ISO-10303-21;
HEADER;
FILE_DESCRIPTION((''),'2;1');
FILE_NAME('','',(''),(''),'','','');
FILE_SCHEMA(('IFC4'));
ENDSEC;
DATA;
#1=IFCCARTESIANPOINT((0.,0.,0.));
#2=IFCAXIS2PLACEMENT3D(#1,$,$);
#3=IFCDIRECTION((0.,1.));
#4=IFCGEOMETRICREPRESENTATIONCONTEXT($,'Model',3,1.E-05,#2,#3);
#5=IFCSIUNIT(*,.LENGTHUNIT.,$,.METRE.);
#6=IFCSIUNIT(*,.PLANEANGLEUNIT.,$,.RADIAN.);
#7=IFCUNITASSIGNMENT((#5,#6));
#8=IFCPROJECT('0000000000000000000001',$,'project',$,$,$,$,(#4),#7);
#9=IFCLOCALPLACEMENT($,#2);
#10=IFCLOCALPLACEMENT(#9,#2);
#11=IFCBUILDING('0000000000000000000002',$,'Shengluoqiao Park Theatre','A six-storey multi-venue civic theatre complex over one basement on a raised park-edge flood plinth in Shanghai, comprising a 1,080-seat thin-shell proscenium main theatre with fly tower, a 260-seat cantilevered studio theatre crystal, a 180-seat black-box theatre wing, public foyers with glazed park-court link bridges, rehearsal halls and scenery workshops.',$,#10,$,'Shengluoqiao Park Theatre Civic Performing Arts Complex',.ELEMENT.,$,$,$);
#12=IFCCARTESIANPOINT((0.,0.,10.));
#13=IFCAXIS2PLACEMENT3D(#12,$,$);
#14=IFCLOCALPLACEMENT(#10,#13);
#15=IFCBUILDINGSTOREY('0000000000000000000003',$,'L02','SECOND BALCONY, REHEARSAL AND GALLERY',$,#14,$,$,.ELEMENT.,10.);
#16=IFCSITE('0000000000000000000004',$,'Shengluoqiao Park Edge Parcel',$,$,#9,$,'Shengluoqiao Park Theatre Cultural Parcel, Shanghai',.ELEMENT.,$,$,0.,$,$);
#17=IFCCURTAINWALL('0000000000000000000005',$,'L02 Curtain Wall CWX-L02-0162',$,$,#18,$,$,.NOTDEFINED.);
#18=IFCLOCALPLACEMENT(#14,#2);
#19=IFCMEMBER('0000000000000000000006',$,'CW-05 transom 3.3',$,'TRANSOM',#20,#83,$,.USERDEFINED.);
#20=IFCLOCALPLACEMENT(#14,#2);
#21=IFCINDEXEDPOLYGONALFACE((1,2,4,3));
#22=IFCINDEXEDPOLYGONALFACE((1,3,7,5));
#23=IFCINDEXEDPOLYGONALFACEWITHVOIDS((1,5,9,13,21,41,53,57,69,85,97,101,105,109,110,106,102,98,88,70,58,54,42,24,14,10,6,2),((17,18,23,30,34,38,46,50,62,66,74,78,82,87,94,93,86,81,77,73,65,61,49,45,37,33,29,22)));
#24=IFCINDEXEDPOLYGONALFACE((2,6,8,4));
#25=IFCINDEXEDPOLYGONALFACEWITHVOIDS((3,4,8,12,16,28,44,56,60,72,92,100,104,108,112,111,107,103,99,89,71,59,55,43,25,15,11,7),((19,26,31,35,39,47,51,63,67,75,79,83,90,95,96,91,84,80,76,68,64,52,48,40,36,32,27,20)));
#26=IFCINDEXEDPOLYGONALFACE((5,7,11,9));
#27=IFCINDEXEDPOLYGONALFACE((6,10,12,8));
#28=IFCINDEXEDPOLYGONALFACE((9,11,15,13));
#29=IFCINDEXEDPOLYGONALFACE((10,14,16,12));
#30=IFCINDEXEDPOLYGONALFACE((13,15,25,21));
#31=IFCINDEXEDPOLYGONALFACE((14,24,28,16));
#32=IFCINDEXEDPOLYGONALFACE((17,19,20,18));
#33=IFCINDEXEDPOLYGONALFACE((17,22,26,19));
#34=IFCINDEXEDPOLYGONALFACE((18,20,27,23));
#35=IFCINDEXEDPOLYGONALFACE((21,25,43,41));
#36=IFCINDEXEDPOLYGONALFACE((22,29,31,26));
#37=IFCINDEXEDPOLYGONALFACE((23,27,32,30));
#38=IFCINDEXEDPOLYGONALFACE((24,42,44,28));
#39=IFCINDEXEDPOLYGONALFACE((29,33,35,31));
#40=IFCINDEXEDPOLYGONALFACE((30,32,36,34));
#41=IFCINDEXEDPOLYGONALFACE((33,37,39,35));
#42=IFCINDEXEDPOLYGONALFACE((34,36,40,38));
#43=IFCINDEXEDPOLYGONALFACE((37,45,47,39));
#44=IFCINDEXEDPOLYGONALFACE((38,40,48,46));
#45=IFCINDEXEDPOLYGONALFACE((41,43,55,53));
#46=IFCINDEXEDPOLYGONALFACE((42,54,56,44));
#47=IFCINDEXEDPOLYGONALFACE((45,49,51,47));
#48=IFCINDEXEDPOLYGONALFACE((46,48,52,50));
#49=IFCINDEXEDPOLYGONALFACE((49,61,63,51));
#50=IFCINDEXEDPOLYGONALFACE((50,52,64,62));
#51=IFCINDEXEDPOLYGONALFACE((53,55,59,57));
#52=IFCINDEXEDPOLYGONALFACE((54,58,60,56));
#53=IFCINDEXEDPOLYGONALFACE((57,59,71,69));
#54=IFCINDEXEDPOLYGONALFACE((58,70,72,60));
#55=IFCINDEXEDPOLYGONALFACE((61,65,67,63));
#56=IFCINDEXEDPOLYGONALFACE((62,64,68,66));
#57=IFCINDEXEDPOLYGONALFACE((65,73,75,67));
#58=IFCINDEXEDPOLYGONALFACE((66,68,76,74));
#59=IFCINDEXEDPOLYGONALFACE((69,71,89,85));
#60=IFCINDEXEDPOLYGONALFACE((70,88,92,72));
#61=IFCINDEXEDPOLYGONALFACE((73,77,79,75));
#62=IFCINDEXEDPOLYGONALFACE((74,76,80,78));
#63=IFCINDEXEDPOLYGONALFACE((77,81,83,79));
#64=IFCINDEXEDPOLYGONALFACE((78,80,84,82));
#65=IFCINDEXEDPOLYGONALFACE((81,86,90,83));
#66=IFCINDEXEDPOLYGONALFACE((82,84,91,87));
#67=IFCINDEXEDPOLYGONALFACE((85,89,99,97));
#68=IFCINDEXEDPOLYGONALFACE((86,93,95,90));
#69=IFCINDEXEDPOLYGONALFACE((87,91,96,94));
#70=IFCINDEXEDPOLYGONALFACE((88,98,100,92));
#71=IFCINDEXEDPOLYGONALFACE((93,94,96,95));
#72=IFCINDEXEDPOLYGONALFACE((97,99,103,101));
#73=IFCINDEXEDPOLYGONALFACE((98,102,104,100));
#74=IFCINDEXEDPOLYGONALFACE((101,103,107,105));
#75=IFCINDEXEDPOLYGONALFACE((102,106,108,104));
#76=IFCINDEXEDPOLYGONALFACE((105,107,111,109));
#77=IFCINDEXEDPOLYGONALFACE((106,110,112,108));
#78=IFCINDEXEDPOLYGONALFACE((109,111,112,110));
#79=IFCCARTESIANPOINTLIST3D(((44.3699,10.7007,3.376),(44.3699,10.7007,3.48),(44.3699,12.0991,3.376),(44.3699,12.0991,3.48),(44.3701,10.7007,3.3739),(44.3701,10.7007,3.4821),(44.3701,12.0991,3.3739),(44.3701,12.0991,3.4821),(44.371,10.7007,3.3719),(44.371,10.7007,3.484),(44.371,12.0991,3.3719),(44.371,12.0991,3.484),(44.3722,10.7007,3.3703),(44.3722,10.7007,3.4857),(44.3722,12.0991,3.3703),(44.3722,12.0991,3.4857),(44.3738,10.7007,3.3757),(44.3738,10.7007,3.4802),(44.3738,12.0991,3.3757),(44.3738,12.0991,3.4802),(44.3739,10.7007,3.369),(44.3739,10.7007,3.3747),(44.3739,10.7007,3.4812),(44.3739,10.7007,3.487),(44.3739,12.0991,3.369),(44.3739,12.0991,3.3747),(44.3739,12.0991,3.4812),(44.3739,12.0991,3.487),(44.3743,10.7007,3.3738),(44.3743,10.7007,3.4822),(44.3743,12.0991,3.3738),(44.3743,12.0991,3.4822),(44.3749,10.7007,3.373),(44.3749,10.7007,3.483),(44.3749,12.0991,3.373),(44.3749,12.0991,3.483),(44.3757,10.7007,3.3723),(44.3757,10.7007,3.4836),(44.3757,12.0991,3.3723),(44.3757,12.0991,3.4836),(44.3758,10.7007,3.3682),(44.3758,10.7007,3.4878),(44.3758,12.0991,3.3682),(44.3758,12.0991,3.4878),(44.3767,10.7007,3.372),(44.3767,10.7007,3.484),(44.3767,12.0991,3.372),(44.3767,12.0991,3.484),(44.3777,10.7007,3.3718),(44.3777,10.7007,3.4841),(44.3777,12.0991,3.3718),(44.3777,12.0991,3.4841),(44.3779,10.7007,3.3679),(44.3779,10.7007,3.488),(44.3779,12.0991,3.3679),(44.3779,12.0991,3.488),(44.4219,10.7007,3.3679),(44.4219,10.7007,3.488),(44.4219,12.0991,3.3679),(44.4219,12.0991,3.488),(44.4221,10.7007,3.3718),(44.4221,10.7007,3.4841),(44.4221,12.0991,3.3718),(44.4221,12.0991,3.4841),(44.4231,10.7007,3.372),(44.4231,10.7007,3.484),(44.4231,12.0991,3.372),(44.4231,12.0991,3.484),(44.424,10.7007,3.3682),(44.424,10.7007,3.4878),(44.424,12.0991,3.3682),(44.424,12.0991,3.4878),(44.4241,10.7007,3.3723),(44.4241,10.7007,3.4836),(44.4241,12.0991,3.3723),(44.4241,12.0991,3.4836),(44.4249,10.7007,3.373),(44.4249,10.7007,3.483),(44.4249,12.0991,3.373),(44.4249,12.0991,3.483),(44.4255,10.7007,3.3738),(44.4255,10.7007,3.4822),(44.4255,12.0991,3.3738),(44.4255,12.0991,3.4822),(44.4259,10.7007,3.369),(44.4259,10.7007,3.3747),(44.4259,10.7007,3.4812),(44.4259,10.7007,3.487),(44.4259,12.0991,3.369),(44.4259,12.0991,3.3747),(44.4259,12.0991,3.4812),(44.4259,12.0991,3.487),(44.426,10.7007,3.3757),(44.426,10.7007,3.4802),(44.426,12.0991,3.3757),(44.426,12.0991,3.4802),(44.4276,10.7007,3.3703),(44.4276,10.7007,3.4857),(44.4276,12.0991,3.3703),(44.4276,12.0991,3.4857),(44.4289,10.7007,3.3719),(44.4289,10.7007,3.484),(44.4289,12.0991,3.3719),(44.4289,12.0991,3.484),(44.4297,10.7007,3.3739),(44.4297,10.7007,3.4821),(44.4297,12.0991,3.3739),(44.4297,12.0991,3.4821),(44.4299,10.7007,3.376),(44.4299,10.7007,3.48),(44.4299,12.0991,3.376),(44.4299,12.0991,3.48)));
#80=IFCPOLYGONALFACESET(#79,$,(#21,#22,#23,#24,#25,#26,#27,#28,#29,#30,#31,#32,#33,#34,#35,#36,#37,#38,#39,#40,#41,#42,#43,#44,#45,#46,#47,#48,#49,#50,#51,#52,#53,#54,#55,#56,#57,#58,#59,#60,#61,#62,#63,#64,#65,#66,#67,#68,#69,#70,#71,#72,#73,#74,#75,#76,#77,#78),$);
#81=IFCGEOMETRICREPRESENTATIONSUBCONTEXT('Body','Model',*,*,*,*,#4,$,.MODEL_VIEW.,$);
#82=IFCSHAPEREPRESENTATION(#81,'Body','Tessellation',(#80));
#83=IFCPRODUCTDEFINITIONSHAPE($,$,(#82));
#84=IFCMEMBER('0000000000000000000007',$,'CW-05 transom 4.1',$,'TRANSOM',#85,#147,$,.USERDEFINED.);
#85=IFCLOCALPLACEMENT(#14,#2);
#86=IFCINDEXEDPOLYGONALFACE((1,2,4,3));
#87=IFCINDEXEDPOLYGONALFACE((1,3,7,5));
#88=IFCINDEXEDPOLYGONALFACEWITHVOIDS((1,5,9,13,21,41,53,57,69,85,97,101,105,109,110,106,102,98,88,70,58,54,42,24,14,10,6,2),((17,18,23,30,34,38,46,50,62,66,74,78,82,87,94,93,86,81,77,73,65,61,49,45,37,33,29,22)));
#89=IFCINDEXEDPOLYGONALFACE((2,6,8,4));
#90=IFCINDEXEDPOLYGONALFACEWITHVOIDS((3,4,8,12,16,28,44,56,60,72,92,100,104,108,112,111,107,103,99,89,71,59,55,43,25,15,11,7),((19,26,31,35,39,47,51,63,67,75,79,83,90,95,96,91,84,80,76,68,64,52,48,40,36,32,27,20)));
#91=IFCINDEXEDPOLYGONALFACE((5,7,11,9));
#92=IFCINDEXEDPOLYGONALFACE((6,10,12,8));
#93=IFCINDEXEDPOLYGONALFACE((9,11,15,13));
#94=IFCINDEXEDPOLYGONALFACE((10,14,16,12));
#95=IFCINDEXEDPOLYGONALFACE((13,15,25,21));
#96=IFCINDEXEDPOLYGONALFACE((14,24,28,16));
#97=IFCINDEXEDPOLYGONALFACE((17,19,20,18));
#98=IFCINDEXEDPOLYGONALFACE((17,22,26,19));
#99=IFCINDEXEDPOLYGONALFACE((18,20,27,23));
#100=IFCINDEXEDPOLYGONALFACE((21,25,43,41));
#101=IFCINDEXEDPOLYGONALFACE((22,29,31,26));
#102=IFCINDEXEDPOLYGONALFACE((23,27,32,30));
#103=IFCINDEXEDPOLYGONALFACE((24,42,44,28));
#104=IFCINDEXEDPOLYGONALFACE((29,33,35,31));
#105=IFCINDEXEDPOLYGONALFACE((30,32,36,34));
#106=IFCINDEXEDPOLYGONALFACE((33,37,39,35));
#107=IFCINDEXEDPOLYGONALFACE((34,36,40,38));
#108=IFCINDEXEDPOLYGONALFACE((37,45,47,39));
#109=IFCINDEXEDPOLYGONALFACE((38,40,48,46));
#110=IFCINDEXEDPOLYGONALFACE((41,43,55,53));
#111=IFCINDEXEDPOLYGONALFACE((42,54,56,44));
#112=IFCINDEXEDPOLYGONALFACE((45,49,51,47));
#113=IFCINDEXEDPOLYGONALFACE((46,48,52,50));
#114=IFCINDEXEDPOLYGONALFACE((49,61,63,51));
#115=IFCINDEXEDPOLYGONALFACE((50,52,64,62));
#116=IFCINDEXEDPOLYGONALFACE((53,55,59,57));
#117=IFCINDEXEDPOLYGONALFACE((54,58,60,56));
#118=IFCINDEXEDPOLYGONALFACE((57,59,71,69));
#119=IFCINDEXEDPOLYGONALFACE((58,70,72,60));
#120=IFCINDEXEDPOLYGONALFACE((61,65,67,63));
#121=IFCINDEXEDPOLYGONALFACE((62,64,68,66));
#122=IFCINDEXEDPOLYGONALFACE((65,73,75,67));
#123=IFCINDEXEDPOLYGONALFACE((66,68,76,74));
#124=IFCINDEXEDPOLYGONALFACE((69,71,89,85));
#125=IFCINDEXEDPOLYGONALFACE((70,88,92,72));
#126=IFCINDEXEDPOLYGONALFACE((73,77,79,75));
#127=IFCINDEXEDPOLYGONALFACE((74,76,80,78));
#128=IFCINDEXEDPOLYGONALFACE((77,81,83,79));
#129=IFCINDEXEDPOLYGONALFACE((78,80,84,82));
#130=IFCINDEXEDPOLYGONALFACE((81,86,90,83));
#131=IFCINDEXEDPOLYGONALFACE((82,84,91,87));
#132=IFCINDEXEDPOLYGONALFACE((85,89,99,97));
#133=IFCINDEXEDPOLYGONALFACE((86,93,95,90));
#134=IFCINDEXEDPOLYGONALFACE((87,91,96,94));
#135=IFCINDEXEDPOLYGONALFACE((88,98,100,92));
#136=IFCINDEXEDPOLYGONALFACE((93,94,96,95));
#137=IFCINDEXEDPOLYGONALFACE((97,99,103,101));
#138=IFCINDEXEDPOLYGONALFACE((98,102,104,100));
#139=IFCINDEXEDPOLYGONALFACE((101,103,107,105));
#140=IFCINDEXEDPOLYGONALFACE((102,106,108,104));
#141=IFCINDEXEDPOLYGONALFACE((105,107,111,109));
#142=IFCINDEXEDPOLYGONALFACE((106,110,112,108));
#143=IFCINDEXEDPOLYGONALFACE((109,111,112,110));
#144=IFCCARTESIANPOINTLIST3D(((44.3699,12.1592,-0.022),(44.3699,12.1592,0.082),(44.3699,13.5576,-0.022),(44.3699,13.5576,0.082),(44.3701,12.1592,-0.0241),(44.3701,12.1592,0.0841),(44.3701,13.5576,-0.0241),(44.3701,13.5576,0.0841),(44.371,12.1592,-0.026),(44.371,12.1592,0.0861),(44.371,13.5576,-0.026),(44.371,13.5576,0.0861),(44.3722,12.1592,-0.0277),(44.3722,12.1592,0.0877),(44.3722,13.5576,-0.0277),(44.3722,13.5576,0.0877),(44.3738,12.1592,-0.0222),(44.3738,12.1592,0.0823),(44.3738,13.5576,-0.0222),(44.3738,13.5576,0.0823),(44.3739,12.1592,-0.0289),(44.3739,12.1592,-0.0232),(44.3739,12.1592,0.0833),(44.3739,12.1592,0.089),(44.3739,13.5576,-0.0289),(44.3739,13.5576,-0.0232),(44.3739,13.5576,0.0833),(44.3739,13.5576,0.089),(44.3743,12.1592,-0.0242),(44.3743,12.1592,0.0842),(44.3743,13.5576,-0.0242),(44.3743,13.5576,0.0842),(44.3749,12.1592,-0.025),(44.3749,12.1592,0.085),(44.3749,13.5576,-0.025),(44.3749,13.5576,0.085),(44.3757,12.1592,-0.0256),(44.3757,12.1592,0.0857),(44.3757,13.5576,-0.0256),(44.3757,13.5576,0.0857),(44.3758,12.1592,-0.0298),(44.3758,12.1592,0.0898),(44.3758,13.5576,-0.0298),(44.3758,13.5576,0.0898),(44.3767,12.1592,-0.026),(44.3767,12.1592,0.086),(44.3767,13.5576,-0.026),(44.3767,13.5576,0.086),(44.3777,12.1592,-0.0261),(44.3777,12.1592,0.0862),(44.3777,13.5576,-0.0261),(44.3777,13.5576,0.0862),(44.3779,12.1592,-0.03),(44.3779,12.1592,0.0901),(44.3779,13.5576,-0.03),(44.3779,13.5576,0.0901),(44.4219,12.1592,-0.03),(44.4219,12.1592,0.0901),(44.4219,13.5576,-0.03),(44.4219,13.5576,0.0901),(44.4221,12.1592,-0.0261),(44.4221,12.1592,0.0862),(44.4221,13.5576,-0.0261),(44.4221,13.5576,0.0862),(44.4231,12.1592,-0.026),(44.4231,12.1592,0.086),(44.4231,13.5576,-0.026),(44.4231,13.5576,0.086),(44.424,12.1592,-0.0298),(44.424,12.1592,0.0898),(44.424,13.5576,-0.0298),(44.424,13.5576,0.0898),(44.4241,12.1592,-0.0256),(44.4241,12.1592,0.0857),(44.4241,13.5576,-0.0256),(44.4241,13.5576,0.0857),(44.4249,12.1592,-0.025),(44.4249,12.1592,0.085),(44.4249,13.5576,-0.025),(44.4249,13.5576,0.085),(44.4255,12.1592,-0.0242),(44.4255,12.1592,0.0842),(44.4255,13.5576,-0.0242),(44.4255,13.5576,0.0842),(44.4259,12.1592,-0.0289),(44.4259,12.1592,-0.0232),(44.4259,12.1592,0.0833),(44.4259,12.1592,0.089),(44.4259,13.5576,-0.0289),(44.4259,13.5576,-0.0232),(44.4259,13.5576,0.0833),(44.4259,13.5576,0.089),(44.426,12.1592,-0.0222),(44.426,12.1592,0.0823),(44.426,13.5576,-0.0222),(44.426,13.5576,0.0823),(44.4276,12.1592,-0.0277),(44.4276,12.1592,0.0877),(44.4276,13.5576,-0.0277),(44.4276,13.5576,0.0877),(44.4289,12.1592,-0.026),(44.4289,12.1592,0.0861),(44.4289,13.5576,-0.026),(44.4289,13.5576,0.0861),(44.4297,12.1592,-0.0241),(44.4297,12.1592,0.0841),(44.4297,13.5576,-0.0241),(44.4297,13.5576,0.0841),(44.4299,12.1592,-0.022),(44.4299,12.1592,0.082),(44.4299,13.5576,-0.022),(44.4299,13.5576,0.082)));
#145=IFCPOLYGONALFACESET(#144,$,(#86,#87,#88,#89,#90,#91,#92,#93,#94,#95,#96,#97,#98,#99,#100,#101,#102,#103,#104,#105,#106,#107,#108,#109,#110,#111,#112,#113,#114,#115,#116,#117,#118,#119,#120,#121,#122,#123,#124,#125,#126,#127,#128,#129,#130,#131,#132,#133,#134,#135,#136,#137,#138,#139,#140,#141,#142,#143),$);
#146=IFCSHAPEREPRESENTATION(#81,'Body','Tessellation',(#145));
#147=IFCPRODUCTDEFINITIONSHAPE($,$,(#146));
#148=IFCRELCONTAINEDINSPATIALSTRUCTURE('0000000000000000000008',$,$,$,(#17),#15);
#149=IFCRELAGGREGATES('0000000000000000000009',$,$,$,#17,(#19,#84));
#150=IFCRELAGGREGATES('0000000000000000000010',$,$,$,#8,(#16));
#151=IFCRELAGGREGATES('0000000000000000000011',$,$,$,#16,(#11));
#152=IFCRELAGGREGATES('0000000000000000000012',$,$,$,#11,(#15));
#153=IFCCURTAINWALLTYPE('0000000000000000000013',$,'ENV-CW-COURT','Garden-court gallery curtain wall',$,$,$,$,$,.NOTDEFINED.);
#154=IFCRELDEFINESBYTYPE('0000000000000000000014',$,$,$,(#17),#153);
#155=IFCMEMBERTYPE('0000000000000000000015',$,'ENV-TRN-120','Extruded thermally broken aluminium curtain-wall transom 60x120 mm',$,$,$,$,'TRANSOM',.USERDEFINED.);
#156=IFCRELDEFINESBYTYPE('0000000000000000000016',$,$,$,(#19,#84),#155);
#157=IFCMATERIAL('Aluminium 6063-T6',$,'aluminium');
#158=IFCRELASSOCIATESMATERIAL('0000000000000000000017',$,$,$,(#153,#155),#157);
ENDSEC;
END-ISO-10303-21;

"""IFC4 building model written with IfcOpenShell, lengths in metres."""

from ifc_helpers import new_model, si_unit, direction, frame, origin, origin_2d, place, context, subcontext, project, spatial, hollow_rectangle, extrude, material, material_profile, profile_set, type_object, element, aggregate, save


model = new_model("IFC4")

# Units and contexts
model_context = context("Model", 3, precision=1e-05, world=origin(), true_north=direction((0.0, 1.0)))
body_context = subcontext(model_context, "Body", "Model", "MODEL_VIEW")
ifc_project = project(units=[si_unit("LENGTHUNIT", "METRE"), si_unit("PLANEANGLEUNIT", "RADIAN")], contexts=[model_context])

# Site, building, storey
site_placement = place(None, origin())
site = spatial("IfcSite", under=ifc_project, at=site_placement, Name="Shengluoqiao Park Edge Parcel", LongName="Shengluoqiao Park Theatre Cultural Parcel, Shanghai", CompositionType="ELEMENT", RefElevation=0.0)
building_placement = place(site_placement, origin())
building = spatial("IfcBuilding", under=site, at=building_placement, Name="Shengluoqiao Park Theatre", Description="A six-storey multi-venue civic theatre complex over one basement on a raised park-edge flood plinth in Shanghai, comprising a 1,080-seat thin-shell proscenium main theatre with fly tower, a 260-seat cantilevered studio theatre crystal, a 180-seat black-box theatre wing, public foyers with glazed park-court link bridges, rehearsal halls and scenery workshops.", LongName="Shengluoqiao Park Theatre Civic Performing Arts Complex", CompositionType="ELEMENT")
storey_placement = place(building_placement, frame((0.0, 0.0, 10.0)))
storey = spatial("IfcBuildingStorey", under=building, at=storey_placement, Name="L02", Description="SECOND BALCONY, REHEARSAL AND GALLERY", CompositionType="ELEMENT", Elevation=10.0)

# Curtain wall, members
ifc_material_1 = material(Name="Aluminium 6063-T6", Category="aluminium")
curtain_wall_type = type_object("IfcCurtainWallType", Name="ENV-CW-COURT", Description="Garden-court gallery curtain wall", PredefinedType="NOTDEFINED", material=ifc_material_1)
curtain_wall_placement = place(storey_placement, origin())
curtain_wall = element("IfcCurtainWall", 1, at=curtain_wall_placement, inside=storey, type_object=curtain_wall_type, Name="L02 Curtain Wall CWX-L02-0162", PredefinedType="NOTDEFINED")
ifc_material_profile_1 = material_profile(ifc_material_1, hollow_rectangle(XDim=0.0601, YDim=0.1201, WallThickness=0.0039, InnerFilletRadius=0.0039, OuterFilletRadius=0.0081, at=origin_2d()), Name="ALU TRANSOM 120x60x4")
ifc_profile_set_1 = profile_set([ifc_material_profile_1], Name="Aluminium 6063-T6")
member_type_1 = type_object("IfcMemberType", Name="ENV-TRN-120", Description="Extruded thermally broken aluminium curtain-wall transom 60x120 mm", ElementType="TRANSOM", PredefinedType="USERDEFINED", material=ifc_profile_set_1)
member_1_placement = place(storey_placement, frame((44.3999, 10.7007, 3.428), z_axis=(0.0, 1.0, 0.0), x_axis=(-1.0, 0.0, 0.0)))
member_1 = element("IfcMember", 2, at=member_1_placement, type_object=member_type_1, Name="CW-05 transom 3.3", ObjectType="TRANSOM", PredefinedType="USERDEFINED", context=body_context, shape_type="SweptSolid", body=[
    extrude(hollow_rectangle(XDim=0.0601, YDim=0.1201, WallThickness=0.0039, InnerFilletRadius=0.0039, OuterFilletRadius=0.0081, at=origin_2d()), origin(), (0.0, 0.0, 1.0), 1.3984),
])
member_2_placement = place(storey_placement, frame((44.3999, 12.1592, 0.03), z_axis=(0.0, 1.0, 0.0), x_axis=(-1.0, 0.0, 0.0)))
member_2 = element("IfcMember", 3, at=member_2_placement, type_object=member_type_1, Name="CW-05 transom 4.1", ObjectType="TRANSOM", PredefinedType="USERDEFINED", context=body_context, shape_type="SweptSolid", body=[
    extrude(hollow_rectangle(XDim=0.0601, YDim=0.1201, WallThickness=0.0039, InnerFilletRadius=0.0039, OuterFilletRadius=0.0081, at=origin_2d()), origin(), (0.0, 0.0, 1.0), 1.3984),
])
aggregate(curtain_wall, [member_1, member_2])

save(model, "model.ifc")
